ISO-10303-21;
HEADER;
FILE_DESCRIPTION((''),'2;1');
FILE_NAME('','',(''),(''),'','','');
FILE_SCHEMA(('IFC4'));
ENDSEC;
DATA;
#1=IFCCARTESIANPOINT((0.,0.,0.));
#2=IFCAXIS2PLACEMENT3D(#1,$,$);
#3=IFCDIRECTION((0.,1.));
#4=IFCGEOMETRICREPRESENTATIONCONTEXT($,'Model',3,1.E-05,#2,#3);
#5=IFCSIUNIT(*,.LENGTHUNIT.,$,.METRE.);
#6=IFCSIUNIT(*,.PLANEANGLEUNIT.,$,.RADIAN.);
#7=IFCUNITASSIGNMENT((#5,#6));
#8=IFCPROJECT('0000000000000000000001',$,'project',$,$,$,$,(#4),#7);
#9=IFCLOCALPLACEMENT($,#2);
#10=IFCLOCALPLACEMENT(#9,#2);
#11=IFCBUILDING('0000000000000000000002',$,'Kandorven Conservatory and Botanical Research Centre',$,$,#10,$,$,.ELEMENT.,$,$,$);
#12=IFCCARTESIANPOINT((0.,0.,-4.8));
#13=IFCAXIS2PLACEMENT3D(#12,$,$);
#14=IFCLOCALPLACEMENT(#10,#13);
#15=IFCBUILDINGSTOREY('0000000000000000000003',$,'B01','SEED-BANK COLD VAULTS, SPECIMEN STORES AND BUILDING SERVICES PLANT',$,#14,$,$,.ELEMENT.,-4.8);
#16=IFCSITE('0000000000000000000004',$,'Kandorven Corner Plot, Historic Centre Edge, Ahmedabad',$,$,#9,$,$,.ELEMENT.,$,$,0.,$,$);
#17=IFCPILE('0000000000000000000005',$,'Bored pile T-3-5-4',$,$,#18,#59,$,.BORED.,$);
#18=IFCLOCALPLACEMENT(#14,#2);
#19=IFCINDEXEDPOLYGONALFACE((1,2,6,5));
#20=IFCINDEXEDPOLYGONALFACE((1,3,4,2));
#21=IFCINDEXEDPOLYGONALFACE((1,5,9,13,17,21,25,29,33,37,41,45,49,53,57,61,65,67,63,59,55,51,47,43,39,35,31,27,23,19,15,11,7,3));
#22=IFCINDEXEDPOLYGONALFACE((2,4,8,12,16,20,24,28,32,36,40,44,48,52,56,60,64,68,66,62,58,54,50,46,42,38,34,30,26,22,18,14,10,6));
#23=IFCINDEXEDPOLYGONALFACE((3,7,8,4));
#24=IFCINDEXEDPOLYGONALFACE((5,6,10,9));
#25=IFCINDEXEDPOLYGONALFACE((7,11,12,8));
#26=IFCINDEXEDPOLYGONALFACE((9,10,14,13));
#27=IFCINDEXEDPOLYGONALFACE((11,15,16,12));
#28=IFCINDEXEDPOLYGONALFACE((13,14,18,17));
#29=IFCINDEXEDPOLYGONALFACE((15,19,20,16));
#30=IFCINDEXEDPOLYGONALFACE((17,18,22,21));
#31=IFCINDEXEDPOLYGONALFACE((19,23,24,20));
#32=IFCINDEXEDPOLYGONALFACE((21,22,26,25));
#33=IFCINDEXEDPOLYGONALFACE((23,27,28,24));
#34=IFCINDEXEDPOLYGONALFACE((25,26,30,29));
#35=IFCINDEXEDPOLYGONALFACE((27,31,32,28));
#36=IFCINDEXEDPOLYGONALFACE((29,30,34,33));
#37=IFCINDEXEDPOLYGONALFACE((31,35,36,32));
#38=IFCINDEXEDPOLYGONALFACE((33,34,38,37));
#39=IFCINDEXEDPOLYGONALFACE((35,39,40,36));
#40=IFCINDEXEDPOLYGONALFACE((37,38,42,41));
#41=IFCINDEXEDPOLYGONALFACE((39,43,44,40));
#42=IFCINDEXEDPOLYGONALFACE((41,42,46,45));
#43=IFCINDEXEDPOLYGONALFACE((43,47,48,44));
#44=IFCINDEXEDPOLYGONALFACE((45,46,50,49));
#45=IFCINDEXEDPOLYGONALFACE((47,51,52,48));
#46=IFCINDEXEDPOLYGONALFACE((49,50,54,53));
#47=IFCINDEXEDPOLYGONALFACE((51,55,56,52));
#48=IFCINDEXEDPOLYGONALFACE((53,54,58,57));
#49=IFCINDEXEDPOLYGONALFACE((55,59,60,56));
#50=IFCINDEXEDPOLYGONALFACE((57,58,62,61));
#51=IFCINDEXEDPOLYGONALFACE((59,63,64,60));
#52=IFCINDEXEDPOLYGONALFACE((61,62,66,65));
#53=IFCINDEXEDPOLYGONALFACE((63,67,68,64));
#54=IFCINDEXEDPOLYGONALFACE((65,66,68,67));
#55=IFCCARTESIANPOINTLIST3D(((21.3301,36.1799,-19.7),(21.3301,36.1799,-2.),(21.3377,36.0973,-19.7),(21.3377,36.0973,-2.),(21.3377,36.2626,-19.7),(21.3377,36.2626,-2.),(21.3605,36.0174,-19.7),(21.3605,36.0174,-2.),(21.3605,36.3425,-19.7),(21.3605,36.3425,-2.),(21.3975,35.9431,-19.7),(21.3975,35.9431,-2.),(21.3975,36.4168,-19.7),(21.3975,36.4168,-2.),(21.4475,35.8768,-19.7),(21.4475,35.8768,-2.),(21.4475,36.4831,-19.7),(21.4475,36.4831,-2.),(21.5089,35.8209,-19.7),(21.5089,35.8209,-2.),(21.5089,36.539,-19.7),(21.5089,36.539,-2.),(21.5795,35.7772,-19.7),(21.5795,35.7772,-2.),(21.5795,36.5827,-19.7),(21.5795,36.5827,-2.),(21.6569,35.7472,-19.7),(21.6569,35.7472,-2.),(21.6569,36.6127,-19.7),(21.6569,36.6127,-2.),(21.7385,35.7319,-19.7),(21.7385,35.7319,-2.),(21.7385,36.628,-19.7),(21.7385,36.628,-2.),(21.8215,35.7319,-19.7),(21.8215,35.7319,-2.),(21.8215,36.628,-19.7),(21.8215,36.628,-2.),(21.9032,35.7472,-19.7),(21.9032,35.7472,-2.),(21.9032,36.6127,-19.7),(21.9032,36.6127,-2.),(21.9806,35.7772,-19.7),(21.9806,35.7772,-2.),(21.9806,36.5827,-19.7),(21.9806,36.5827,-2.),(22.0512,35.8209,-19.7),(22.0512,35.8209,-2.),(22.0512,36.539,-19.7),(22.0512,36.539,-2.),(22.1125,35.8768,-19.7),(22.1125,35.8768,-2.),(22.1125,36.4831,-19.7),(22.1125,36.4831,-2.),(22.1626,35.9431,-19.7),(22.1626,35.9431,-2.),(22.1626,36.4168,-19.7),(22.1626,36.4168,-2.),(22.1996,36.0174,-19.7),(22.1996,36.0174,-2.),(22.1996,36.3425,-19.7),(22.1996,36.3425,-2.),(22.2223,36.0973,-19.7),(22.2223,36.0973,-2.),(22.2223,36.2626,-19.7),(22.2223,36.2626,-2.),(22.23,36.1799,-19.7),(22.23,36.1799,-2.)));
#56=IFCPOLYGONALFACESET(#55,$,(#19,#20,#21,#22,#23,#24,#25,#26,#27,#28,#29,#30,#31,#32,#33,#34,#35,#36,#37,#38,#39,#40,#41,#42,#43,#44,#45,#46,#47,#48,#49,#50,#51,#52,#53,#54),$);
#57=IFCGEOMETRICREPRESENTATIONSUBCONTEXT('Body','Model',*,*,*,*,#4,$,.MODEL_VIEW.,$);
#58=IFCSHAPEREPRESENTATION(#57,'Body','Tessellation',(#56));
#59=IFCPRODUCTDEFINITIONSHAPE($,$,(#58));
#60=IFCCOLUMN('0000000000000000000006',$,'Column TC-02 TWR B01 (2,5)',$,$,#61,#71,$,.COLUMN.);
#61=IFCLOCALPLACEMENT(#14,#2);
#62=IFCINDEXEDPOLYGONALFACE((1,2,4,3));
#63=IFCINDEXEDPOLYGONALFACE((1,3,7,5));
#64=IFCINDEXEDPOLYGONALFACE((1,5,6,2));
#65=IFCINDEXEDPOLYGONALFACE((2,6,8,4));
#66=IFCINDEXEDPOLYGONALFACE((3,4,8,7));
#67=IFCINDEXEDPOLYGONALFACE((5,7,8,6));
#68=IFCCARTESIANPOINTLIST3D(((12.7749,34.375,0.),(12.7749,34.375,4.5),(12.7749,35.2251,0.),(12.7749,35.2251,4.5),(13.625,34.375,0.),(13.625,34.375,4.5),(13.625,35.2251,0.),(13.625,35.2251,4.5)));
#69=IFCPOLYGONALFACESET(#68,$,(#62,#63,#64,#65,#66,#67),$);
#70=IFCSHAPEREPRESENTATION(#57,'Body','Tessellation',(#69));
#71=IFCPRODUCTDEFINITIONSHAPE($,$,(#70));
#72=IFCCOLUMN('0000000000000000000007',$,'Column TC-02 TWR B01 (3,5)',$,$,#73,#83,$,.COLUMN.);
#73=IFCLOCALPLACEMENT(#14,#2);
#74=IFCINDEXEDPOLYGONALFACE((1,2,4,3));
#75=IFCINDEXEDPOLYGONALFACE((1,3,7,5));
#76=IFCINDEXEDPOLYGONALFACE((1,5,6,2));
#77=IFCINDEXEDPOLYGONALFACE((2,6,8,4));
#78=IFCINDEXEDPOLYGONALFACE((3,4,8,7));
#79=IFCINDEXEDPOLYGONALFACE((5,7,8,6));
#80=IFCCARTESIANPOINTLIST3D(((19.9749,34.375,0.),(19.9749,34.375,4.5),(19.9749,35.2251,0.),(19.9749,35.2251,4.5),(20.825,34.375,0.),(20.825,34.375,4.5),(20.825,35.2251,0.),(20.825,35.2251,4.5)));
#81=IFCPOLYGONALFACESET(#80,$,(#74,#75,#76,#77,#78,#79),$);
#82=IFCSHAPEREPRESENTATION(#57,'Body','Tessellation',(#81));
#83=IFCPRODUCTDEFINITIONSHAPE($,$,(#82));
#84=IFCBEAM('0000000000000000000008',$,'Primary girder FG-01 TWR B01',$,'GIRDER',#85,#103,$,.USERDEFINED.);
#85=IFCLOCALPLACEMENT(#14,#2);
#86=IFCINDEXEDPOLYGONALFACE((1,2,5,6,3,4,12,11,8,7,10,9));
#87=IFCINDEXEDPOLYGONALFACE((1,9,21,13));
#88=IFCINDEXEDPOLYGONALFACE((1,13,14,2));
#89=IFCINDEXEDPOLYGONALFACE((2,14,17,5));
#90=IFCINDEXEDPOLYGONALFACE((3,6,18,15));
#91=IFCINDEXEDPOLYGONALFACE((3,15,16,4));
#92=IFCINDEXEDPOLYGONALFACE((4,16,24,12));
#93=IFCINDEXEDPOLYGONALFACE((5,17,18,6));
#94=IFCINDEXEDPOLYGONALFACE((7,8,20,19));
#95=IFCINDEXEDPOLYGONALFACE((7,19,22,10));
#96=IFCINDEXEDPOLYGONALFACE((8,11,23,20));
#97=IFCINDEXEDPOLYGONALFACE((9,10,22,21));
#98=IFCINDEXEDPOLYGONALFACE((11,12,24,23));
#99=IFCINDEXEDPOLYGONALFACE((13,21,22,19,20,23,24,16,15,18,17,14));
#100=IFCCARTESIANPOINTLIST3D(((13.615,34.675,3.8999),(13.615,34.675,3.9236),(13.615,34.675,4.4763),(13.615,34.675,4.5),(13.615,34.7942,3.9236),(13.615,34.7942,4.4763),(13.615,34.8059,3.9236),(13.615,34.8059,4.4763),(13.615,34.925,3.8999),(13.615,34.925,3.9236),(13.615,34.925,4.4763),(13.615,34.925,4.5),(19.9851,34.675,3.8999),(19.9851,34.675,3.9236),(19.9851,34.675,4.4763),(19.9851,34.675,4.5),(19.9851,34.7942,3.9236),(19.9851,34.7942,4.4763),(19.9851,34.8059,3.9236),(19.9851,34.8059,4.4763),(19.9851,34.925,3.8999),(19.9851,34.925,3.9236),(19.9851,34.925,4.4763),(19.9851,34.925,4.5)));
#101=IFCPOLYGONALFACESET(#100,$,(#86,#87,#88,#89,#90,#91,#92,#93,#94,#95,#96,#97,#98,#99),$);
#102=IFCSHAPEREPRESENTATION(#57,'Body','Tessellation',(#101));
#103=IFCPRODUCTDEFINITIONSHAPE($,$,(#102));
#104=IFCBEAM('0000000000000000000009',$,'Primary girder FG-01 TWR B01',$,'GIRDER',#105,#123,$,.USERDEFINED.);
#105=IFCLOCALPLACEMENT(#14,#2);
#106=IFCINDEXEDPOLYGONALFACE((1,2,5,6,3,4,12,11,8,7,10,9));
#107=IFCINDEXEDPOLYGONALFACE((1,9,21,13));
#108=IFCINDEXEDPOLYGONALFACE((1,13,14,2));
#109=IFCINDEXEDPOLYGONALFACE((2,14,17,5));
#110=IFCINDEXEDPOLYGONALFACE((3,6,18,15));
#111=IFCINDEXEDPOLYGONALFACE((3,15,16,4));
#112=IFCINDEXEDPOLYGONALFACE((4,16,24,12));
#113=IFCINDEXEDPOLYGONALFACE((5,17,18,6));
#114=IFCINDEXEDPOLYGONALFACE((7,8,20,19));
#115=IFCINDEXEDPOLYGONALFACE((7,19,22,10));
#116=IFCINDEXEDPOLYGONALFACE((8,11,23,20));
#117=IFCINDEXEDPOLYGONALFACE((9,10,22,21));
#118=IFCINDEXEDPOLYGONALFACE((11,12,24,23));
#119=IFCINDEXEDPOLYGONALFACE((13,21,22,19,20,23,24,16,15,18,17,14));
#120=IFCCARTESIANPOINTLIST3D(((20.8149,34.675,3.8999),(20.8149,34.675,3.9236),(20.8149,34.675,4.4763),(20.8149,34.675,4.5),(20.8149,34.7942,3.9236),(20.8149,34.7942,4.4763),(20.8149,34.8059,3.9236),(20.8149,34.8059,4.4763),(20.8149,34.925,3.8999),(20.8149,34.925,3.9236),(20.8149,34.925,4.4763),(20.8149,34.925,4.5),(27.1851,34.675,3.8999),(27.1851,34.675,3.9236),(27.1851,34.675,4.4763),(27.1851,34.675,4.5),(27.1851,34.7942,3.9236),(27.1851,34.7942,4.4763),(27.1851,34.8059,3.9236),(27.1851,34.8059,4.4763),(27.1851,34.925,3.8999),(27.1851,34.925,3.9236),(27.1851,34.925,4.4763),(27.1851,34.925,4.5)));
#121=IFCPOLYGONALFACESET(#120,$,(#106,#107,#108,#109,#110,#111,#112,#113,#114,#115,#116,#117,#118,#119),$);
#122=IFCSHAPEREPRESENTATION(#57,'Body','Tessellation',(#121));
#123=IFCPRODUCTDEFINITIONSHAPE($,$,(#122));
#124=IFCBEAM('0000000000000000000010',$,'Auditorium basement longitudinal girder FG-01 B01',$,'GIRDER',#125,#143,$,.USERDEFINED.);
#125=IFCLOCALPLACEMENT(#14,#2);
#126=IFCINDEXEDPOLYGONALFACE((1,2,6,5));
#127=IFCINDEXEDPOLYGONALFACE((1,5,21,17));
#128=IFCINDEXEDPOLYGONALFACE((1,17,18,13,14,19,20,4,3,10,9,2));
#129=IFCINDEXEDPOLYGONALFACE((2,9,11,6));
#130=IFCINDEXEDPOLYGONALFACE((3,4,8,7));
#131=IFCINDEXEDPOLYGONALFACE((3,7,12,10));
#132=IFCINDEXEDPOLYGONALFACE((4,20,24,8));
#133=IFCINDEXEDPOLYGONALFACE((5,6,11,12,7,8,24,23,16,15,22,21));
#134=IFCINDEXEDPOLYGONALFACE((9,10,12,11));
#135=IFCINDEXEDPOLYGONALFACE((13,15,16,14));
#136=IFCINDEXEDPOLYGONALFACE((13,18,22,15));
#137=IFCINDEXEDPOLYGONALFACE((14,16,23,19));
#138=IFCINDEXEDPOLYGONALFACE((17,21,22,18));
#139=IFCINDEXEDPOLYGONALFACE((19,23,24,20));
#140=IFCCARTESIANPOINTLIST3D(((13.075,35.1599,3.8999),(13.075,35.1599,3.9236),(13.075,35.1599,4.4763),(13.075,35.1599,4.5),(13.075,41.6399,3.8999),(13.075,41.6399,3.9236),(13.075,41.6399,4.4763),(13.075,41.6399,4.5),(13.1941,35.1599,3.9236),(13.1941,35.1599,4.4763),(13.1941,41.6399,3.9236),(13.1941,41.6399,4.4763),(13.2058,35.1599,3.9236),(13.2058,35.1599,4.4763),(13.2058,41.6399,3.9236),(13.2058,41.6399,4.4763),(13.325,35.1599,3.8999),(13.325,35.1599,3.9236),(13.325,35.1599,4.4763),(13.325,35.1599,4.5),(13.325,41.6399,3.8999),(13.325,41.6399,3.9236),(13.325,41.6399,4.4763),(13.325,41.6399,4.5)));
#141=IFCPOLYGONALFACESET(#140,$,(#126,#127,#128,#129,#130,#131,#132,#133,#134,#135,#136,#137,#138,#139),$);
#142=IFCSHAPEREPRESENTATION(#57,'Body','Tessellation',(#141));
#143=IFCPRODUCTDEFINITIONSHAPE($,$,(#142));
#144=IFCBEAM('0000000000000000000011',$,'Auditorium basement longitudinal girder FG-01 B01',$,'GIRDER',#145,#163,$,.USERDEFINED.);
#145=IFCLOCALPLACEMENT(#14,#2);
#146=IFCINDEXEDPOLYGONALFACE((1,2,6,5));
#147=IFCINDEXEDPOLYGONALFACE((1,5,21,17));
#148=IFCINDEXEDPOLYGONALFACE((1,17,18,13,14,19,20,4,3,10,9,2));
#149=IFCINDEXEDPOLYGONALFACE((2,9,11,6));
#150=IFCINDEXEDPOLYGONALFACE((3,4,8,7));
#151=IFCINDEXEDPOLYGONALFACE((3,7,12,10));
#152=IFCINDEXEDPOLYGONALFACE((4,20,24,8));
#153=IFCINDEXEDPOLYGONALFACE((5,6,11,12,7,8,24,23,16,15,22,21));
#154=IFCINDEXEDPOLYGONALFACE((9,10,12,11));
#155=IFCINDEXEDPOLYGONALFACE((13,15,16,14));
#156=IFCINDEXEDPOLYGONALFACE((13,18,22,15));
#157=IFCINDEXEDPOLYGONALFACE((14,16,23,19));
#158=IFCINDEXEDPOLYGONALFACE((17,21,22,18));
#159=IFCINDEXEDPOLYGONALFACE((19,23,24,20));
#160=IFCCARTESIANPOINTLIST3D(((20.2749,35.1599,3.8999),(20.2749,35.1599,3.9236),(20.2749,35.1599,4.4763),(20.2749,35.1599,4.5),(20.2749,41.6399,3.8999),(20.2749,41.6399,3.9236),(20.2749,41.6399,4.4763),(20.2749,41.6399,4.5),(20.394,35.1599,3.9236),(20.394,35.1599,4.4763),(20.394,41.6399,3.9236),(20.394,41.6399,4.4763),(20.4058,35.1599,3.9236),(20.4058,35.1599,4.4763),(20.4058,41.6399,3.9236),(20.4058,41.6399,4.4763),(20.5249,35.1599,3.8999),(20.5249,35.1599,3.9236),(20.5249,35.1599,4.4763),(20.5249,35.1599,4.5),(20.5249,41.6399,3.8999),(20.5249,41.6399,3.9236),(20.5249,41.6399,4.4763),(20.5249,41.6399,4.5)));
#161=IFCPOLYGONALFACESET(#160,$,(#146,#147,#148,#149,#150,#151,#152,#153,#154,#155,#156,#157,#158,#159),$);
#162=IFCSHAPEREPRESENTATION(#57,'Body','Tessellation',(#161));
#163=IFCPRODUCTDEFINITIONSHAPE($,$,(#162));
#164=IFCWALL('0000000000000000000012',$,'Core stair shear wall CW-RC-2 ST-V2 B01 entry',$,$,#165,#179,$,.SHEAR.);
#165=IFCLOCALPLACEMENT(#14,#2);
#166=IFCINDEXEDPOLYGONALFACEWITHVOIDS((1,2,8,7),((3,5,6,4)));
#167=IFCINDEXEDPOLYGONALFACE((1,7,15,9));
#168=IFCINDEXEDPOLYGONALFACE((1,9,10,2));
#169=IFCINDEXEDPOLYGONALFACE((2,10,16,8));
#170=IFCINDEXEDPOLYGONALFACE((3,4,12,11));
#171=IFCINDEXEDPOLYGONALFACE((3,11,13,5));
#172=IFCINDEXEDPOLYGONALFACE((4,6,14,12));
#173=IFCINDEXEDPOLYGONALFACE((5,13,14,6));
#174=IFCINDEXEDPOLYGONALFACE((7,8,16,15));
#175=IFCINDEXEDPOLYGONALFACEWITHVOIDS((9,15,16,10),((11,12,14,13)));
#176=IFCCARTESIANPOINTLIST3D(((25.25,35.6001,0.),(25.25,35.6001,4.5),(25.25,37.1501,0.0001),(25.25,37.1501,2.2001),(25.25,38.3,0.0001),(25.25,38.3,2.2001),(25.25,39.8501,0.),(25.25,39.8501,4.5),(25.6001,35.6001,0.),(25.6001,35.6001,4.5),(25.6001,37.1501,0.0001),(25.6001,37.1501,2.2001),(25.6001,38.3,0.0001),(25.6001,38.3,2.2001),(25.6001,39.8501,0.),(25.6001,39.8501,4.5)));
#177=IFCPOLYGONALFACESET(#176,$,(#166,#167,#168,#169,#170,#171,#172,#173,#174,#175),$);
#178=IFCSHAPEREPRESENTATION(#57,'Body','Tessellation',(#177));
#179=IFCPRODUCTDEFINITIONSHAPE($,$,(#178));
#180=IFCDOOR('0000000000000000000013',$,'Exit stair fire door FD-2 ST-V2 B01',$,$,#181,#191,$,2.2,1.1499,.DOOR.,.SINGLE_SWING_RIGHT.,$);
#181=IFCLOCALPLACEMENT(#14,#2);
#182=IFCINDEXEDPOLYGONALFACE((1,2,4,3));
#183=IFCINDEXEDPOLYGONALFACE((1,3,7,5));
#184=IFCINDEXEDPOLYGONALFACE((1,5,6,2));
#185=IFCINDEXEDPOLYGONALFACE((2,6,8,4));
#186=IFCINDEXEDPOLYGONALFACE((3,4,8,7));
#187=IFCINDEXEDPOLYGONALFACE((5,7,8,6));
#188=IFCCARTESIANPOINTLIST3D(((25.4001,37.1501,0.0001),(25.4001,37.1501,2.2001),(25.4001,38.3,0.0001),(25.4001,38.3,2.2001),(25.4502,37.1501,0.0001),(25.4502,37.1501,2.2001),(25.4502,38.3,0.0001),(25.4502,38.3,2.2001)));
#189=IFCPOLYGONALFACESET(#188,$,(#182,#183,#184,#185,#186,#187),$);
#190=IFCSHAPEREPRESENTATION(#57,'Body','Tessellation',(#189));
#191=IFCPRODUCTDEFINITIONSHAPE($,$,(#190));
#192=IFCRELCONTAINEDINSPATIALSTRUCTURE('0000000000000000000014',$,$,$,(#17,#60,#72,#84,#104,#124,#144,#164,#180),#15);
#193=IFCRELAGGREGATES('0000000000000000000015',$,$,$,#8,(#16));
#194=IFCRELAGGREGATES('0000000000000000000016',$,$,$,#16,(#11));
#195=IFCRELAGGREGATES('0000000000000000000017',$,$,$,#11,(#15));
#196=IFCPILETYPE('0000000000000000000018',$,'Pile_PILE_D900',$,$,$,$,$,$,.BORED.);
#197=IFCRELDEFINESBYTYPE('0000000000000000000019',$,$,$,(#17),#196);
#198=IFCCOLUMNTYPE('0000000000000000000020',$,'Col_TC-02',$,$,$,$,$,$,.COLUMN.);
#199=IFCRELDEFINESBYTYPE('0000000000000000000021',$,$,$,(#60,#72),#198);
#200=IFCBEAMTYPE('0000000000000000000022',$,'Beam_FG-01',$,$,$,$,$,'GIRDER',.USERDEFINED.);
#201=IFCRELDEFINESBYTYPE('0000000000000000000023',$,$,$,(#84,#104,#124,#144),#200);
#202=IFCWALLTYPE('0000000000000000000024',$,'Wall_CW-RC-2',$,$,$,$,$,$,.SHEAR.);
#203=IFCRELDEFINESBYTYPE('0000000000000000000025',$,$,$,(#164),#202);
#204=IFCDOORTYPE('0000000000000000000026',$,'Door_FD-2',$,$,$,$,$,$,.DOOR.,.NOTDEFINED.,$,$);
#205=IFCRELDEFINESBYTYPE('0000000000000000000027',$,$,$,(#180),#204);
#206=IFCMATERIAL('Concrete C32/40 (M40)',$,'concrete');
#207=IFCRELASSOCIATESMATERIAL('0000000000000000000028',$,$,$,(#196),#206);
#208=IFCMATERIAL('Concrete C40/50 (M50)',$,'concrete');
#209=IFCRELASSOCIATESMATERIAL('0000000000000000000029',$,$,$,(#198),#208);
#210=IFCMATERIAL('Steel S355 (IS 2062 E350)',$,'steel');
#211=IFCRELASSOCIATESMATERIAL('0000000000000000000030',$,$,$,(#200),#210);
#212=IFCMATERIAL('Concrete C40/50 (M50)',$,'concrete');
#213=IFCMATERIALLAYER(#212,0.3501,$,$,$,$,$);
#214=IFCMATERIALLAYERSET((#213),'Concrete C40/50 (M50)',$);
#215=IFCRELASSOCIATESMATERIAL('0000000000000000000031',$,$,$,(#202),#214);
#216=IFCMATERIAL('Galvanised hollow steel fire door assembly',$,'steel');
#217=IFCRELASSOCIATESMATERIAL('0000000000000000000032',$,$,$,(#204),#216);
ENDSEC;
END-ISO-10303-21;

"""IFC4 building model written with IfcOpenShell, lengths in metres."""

from ifc_helpers import new_model, si_unit, direction, frame, frame_2d, origin, origin_2d, place, context, subcontext, project, spatial, rectangle, circle, i_section, extrude, material, layer, layer_set, material_profile, profile_set, type_object, element, fill, save


model = new_model("IFC4")

# Units and contexts
model_context = context("Model", 3, precision=1e-05, world=origin(), true_north=direction((0.0, 1.0)))
body_context = subcontext(model_context, "Body", "Model", "MODEL_VIEW")
ifc_project = project(units=[si_unit("LENGTHUNIT", "METRE"), si_unit("PLANEANGLEUNIT", "RADIAN")], contexts=[model_context])

# Site, building, storey
site_placement = place(None, origin())
site = spatial("IfcSite", under=ifc_project, at=site_placement, Name="Kandorven Corner Plot, Historic Centre Edge, Ahmedabad", CompositionType="ELEMENT", RefElevation=0.0)
building_placement = place(site_placement, origin())
building = spatial("IfcBuilding", under=site, at=building_placement, Name="Kandorven Conservatory and Botanical Research Centre", CompositionType="ELEMENT")
storey_placement = place(building_placement, frame((0.0, 0.0, -4.8)))
storey = spatial("IfcBuildingStorey", under=building, at=storey_placement, Name="B01", Description="SEED-BANK COLD VAULTS, SPECIMEN STORES AND BUILDING SERVICES PLANT", CompositionType="ELEMENT", Elevation=-4.8)

# Pile
ifc_material_1 = material(Name="Concrete C32/40 (M40)", Category="concrete")
ifc_material_profile_1 = material_profile(ifc_material_1, circle(Radius=0.45, at=origin_2d()))
ifc_profile_set_1 = profile_set([ifc_material_profile_1], Name="Concrete C32/40 (M40)")
pile_type = type_object("IfcPileType", Name="Pile_PILE_D900", PredefinedType="BORED", material=ifc_profile_set_1)
for number, where, z_axis, x_axis, name in (
    (1, (21.78, 36.1799, -2.0), (0.0, 0.0, -1.0), (1.0, 0.0, 0.0), "Bored pile T-3-5-4"),
):
    element("IfcPile", number, at=place(storey_placement, frame(where, z_axis=z_axis, x_axis=x_axis)), inside=storey, type_object=pile_type, Name=name, PredefinedType="BORED", context=body_context, shape_type="SweptSolid", body=[
        extrude(circle(Radius=0.45, at=origin_2d()), origin(), (0.0, 0.0, 1.0), 17.7),
    ])

# Columns
ifc_material_2 = material(Name="Concrete C40/50 (M50)", Category="concrete")
ifc_material_profile_2 = material_profile(ifc_material_2, rectangle(XDim=0.8501, YDim=0.8501, at=origin_2d()))
ifc_profile_set_2 = profile_set([ifc_material_profile_2], Name="Concrete C40/50 (M50)")
column_type = type_object("IfcColumnType", Name="Col_TC-02", PredefinedType="COLUMN", material=ifc_profile_set_2)
for number, where, z_axis, x_axis, name in (
    (2, (13.2, 34.8, 0.0), (0.0, 0.0, 1.0), (1.0, 0.0, 0.0), "Column TC-02 TWR B01 (2,5)"),
    (3, (20.3999, 34.8, 0.0), (0.0, 0.0, 1.0), (1.0, 0.0, 0.0), "Column TC-02 TWR B01 (3,5)"),
):
    element("IfcColumn", number, at=place(storey_placement, frame(where, z_axis=z_axis, x_axis=x_axis)), inside=storey, type_object=column_type, Name=name, PredefinedType="COLUMN", context=body_context, shape_type="SweptSolid", body=[
        extrude(rectangle(XDim=0.8501, YDim=0.8501, at=origin_2d()), origin(), (0.0, 0.0, 1.0), 4.5),
    ])

# Beams
ifc_material_3 = material(Name="Steel S355 (IS 2062 E350)", Category="steel")
ifc_material_profile_3 = material_profile(ifc_material_3, i_section(OverallWidth=0.25, OverallDepth=0.6001, WebThickness=0.0117, FlangeThickness=0.0237, at=origin_2d()))
ifc_profile_set_3 = profile_set([ifc_material_profile_3], Name="Steel S355 (IS 2062 E350)")
beam_type = type_object("IfcBeamType", Name="Beam_FG-01", ElementType="GIRDER", PredefinedType="USERDEFINED", material=ifc_profile_set_3)
for number, where, z_axis, x_axis, name in (
    (4, (13.615, 34.8, 4.2), (1.0, 0.0, 0.0), (0.0, 1.0, 0.0), "Primary girder FG-01 TWR B01"),
    (5, (20.8149, 34.8, 4.2), (1.0, 0.0, 0.0), (0.0, 1.0, 0.0), "Primary girder FG-01 TWR B01"),
):
    element("IfcBeam", number, at=place(storey_placement, frame(where, z_axis=z_axis, x_axis=x_axis)), inside=storey, type_object=beam_type, Name=name, ObjectType="GIRDER", PredefinedType="USERDEFINED", context=body_context, shape_type="SweptSolid", body=[
        extrude(i_section(OverallWidth=0.25, OverallDepth=0.6001, WebThickness=0.0117, FlangeThickness=0.0237, at=origin_2d()), origin(), (0.0, 0.0, 1.0), 6.3701),
    ])
for number, where, z_axis, x_axis, name in (
    (6, (13.2, 35.1599, 4.2), (0.0, 1.0, 0.0), (-1.0, 0.0, 0.0), "Auditorium basement longitudinal girder FG-01 B01"),
    (7, (20.3999, 35.1599, 4.2), (0.0, 1.0, 0.0), (-1.0, 0.0, 0.0), "Auditorium basement longitudinal girder FG-01 B01"),
):
    element("IfcBeam", number, at=place(storey_placement, frame(where, z_axis=z_axis, x_axis=x_axis)), inside=storey, type_object=beam_type, Name=name, ObjectType="GIRDER", PredefinedType="USERDEFINED", context=body_context, shape_type="SweptSolid", body=[
        extrude(i_section(OverallWidth=0.25, OverallDepth=0.6001, WebThickness=0.0117, FlangeThickness=0.0237, at=origin_2d()), origin(), (0.0, 0.0, 1.0), 6.48),
    ])

# Wall, opening, door
ifc_material_4 = material(Name="Concrete C40/50 (M50)", Category="concrete")
ifc_layer = layer(ifc_material_4, 0.3501)
ifc_layer_set = layer_set([ifc_layer], Name="Concrete C40/50 (M50)")
wall_type = type_object("IfcWallType", Name="Wall_CW-RC-2", PredefinedType="SHEAR", material=ifc_layer_set)
wall_placement = place(storey_placement, frame((25.425, 35.6001, 0.0), z_axis=(0.0, 0.0, 1.0), x_axis=(0.0, 1.0, 0.0)))
wall = element("IfcWall", 8, at=wall_placement, inside=storey, type_object=wall_type, Name="Core stair shear wall CW-RC-2 ST-V2 B01 entry", PredefinedType="SHEAR", context=body_context, shape_type="SweptSolid", body=[
    extrude(rectangle(XDim=4.25, YDim=0.3501, at=frame_2d((2.125, 0.0))), origin(), (0.0, 0.0, 1.0), 4.5),
])
opening_placement = place(wall_placement, frame((1.55, 0.0, 0.0)))
opening = element("IfcOpeningElement", 9, at=opening_placement, cuts=wall, PredefinedType="OPENING", context=body_context, shape_type="SweptSolid", body=[
    extrude(rectangle(XDim=1.1499, YDim=2.2, at=frame_2d((0.575, 1.1001))), frame((0.0, 0.1851, 0.0), z_axis=(0.0, -1.0, 0.0), x_axis=(1.0, 0.0, 0.0)), (0.0, 0.0, 1.0), 0.3701),
])
ifc_material_5 = material(Name="Galvanised hollow steel fire door assembly", Category="steel")
door_type = type_object("IfcDoorType", Name="Door_FD-2", OperationType="NOTDEFINED", PredefinedType="DOOR", material=ifc_material_5)
door_placement = place(opening_placement, origin())
door = element("IfcDoor", 10, at=door_placement, inside=storey, type_object=door_type, Name="Exit stair fire door FD-2 ST-V2 B01", OperationType="SINGLE_SWING_RIGHT", OverallHeight=2.2, OverallWidth=1.1499, PredefinedType="DOOR", context=body_context, shape_type="SweptSolid", body=[
    extrude(rectangle(XDim=1.1499, YDim=2.2, at=frame_2d((0.575, 1.1001))), frame((0.0, 0.0249, 0.0), z_axis=(0.0, -1.0, 0.0), x_axis=(1.0, 0.0, 0.0)), (0.0, 0.0, 1.0), 0.05),
])
fill(opening, door)

save(model, "model.ifc")
